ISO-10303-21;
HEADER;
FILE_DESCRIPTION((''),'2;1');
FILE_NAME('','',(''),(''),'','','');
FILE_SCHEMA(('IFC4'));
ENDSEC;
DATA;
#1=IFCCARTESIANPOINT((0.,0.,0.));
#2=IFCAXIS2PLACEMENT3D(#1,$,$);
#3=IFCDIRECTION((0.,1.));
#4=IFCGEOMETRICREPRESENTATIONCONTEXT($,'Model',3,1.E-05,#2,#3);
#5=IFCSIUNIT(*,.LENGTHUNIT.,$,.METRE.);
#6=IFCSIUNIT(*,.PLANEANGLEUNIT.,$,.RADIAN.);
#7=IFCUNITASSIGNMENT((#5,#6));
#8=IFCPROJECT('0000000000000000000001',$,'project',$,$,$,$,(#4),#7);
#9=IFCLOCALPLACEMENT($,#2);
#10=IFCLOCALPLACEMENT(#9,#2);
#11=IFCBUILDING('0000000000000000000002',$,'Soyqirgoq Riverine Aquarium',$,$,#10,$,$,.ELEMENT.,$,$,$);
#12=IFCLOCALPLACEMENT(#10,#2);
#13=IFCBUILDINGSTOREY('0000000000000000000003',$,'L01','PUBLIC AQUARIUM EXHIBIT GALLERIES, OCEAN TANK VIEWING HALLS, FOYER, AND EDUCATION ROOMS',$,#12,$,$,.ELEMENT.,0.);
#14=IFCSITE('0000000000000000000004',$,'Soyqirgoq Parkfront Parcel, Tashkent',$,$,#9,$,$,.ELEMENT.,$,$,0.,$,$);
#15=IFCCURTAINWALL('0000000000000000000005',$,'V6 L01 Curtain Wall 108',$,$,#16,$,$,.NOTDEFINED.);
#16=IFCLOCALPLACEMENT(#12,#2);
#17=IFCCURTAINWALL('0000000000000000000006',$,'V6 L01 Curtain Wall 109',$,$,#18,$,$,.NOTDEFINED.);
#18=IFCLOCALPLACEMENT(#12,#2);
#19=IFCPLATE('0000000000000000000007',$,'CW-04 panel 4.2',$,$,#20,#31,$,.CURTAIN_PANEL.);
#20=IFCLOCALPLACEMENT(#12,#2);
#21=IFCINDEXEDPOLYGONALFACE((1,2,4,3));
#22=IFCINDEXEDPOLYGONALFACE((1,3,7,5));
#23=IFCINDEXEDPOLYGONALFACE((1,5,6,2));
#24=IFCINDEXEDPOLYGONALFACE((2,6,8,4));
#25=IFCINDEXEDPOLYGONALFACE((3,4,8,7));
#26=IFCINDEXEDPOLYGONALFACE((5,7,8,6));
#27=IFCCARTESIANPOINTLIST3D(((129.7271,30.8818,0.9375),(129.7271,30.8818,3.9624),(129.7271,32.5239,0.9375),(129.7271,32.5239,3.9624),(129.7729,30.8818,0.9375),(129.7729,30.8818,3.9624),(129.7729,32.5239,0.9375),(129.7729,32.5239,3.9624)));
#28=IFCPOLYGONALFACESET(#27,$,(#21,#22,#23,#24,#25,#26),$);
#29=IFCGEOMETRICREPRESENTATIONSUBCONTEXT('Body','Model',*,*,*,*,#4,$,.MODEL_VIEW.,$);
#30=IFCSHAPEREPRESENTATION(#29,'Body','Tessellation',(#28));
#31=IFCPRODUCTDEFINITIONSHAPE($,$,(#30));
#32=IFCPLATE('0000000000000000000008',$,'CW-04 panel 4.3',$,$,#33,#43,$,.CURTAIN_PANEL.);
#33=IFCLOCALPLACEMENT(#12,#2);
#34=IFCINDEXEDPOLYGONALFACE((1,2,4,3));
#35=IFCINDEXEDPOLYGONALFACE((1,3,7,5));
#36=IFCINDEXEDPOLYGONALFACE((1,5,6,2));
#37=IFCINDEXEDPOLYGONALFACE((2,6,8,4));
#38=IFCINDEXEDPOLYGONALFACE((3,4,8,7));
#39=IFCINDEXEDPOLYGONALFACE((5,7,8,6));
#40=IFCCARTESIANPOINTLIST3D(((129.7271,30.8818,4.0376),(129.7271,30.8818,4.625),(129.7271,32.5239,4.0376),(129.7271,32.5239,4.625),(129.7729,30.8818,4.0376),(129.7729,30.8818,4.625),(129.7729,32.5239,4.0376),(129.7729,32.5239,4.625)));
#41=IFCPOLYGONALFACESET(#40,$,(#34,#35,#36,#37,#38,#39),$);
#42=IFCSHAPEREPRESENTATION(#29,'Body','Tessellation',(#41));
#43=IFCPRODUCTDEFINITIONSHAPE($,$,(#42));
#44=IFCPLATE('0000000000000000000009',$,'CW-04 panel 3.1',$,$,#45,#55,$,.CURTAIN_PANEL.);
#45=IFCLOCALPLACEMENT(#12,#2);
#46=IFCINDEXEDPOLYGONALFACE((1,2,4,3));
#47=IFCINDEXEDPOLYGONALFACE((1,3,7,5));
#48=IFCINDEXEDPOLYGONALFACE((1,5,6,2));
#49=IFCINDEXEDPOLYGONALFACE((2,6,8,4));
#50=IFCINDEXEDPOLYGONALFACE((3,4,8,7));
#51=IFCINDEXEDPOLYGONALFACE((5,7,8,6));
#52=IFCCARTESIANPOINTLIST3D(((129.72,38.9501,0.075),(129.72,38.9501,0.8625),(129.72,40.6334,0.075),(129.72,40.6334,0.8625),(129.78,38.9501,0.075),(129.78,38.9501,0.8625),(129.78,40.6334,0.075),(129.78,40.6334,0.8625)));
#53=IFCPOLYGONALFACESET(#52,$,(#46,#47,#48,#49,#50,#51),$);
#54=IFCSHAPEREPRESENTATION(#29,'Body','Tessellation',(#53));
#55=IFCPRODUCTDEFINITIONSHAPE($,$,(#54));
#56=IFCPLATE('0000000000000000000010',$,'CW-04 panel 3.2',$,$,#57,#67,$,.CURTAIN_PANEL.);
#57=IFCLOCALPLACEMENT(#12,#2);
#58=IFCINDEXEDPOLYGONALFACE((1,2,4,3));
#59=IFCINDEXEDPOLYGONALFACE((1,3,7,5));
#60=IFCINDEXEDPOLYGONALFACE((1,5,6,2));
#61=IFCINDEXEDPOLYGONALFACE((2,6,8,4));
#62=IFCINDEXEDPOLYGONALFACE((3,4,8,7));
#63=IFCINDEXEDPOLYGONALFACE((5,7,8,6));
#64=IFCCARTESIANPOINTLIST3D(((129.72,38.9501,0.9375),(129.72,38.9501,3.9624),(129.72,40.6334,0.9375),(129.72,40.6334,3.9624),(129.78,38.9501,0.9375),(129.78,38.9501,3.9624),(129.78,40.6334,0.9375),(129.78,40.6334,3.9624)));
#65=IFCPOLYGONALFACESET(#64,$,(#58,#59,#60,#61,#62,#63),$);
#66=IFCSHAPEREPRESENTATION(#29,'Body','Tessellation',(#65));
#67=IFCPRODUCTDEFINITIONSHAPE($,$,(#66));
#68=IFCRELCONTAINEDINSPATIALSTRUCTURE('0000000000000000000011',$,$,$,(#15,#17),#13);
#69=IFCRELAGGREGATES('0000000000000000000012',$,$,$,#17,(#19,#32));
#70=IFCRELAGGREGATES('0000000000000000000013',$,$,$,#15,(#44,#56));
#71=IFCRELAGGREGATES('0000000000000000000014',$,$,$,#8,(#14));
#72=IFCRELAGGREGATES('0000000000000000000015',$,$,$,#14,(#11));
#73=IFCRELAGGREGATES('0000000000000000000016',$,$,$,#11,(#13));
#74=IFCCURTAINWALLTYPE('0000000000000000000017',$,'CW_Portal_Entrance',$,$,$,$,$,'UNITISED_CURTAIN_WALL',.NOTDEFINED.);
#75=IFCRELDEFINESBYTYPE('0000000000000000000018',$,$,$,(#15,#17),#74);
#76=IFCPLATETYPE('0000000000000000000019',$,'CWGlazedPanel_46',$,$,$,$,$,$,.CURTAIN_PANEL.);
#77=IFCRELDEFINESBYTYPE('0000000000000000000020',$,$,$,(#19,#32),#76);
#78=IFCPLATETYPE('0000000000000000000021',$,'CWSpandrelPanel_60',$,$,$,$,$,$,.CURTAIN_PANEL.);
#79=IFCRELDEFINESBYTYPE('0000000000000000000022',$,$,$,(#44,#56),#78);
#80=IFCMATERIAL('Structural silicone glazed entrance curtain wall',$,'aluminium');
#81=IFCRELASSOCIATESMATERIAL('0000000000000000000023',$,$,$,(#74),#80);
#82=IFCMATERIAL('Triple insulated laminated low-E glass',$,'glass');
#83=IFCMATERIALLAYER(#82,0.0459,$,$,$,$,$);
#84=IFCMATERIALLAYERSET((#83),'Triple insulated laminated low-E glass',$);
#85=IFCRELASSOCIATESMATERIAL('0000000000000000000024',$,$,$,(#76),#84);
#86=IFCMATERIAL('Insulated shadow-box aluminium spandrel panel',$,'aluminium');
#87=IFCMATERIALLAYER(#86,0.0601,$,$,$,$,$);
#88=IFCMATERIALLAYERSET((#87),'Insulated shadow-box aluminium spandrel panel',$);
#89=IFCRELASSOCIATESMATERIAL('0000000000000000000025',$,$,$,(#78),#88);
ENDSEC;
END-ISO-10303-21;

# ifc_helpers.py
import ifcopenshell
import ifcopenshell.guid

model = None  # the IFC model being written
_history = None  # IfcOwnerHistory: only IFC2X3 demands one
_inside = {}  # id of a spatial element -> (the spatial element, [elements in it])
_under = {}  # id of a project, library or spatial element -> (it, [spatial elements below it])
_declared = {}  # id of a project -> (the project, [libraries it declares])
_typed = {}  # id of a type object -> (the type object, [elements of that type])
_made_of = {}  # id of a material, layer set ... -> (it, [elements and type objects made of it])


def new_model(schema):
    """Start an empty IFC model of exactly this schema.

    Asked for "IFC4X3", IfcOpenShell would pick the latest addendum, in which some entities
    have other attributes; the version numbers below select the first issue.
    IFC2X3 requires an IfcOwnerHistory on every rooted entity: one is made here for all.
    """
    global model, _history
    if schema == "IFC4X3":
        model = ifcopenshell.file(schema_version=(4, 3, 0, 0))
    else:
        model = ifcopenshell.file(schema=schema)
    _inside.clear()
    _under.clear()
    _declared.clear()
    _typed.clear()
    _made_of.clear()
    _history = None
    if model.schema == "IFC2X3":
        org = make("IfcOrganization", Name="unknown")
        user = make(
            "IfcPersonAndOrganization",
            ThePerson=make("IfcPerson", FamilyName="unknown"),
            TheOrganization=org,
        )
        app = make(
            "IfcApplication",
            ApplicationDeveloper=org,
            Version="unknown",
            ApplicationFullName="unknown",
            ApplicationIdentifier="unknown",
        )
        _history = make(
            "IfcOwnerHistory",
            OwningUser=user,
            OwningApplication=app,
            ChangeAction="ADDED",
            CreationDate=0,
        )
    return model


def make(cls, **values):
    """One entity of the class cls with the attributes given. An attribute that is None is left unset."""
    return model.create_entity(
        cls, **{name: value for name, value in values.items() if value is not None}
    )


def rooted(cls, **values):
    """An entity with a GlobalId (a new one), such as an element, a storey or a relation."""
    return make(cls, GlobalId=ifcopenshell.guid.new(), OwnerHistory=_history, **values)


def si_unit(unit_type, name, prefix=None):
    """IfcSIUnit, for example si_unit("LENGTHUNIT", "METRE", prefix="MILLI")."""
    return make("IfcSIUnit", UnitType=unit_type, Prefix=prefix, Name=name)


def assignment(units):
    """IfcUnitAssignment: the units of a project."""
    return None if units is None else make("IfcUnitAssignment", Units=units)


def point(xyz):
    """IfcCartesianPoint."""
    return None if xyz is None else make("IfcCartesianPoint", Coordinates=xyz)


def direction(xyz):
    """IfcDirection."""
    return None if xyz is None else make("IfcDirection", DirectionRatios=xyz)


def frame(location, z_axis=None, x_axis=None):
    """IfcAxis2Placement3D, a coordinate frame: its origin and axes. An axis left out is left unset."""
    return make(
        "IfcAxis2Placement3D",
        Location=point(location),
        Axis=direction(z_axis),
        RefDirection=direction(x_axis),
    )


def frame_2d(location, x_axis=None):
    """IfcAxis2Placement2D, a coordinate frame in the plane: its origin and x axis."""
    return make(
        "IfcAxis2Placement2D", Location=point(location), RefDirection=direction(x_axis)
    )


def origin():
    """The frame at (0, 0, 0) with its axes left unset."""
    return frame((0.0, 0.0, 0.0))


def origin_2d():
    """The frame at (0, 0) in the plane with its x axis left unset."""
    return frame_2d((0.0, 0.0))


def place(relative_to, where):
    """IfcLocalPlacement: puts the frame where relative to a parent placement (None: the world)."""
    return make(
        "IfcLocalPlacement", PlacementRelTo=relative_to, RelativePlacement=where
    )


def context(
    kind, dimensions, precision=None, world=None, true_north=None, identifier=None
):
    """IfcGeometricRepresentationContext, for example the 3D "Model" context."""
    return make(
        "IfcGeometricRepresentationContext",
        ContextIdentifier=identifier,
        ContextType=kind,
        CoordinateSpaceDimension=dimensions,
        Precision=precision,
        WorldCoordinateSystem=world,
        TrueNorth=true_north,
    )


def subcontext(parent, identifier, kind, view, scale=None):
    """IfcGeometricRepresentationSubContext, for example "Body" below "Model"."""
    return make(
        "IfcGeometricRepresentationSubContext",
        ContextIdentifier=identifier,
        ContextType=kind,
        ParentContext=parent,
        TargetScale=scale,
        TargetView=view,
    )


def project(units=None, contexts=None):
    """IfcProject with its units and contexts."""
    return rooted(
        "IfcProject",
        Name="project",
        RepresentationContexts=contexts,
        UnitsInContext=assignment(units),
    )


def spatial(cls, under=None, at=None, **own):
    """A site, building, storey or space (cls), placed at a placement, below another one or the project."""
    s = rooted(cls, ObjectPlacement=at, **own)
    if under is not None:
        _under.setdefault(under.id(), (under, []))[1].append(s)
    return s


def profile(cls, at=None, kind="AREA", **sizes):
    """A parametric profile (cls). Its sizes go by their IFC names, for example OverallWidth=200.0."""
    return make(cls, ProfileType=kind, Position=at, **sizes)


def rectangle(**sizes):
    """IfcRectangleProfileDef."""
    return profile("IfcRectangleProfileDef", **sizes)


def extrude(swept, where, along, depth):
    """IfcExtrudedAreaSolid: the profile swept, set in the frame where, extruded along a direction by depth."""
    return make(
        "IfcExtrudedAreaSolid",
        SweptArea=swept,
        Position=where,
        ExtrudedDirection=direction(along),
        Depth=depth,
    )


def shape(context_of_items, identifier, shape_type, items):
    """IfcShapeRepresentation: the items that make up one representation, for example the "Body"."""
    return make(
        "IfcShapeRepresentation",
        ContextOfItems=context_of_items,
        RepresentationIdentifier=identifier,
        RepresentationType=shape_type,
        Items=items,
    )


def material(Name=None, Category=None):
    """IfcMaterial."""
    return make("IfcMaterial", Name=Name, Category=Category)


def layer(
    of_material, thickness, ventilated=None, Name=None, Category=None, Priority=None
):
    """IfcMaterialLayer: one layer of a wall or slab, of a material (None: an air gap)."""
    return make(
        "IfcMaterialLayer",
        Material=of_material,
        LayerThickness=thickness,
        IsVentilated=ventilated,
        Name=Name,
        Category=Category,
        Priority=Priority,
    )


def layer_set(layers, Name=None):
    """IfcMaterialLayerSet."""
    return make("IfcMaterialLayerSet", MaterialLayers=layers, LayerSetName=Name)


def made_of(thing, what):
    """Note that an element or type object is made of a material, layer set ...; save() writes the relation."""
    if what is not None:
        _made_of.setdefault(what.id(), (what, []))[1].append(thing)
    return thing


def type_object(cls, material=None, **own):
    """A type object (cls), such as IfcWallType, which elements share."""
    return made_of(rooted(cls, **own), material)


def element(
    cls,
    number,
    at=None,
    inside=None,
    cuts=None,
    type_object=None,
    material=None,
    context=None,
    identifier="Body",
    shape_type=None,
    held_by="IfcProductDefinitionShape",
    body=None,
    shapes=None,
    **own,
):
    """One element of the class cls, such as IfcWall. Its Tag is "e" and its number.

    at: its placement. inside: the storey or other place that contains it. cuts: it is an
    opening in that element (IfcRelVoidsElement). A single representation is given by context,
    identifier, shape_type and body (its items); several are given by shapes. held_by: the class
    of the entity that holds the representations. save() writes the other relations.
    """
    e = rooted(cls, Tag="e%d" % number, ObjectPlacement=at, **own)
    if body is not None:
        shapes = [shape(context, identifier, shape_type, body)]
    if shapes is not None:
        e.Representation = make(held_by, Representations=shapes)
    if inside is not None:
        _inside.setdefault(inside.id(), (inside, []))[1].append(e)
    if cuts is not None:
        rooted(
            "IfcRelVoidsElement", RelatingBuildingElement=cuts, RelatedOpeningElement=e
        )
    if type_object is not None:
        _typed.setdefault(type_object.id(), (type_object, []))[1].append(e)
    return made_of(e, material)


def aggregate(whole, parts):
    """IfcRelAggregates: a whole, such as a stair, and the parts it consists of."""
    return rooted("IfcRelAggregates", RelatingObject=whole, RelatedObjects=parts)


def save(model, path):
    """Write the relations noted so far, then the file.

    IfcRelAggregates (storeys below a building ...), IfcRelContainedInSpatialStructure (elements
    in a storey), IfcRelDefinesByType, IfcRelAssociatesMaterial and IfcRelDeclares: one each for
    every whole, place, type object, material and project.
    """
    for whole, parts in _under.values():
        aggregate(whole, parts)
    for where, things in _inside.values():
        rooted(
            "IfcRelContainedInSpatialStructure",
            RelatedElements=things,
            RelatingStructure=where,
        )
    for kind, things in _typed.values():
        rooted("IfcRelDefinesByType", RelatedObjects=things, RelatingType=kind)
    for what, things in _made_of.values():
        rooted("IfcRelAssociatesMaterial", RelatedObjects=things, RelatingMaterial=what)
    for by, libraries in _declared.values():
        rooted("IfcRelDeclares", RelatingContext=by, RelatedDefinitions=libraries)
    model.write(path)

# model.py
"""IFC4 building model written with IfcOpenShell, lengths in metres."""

from ifc_helpers import new_model, si_unit, direction, frame, origin, origin_2d, place, context, subcontext, project, spatial, rectangle, extrude, material, layer, layer_set, type_object, element, aggregate, save


model = new_model("IFC4")

# Units and contexts
model_context = context("Model", 3, precision=1e-05, world=origin(), true_north=direction((0.0, 1.0)))
body_context = subcontext(model_context, "Body", "Model", "MODEL_VIEW")
ifc_project = project(units=[si_unit("LENGTHUNIT", "METRE"), si_unit("PLANEANGLEUNIT", "RADIAN")], contexts=[model_context])

# Site, building, storey
site_placement = place(None, origin())
site = spatial("IfcSite", under=ifc_project, at=site_placement, Name="Soyqirgoq Parkfront Parcel, Tashkent", CompositionType="ELEMENT", RefElevation=0.0)
building_placement = place(site_placement, origin())
building = spatial("IfcBuilding", under=site, at=building_placement, Name="Soyqirgoq Riverine Aquarium", CompositionType="ELEMENT")
storey_placement = place(building_placement, origin())
storey = spatial("IfcBuildingStorey", under=building, at=storey_placement, Name="L01", Description="PUBLIC AQUARIUM EXHIBIT GALLERIES, OCEAN TANK VIEWING HALLS, FOYER, AND EDUCATION ROOMS", CompositionType="ELEMENT", Elevation=0.0)

# Curtain wall
ifc_material_1 = material(Name="Structural silicone glazed entrance curtain wall", Category="aluminium")
curtain_wall_type = type_object("IfcCurtainWallType", Name="CW_Portal_Entrance", ElementType="UNITISED_CURTAIN_WALL", PredefinedType="NOTDEFINED", material=ifc_material_1)
curtain_wall_1_placement = place(storey_placement, origin())
curtain_wall_1 = element("IfcCurtainWall", 1, at=curtain_wall_1_placement, inside=storey, type_object=curtain_wall_type, Name="V6 L01 Curtain Wall 108", PredefinedType="NOTDEFINED")

# Curtain wall, plates
curtain_wall_2_placement = place(storey_placement, origin())
curtain_wall_2 = element("IfcCurtainWall", 2, at=curtain_wall_2_placement, inside=storey, type_object=curtain_wall_type, Name="V6 L01 Curtain Wall 109", PredefinedType="NOTDEFINED")
ifc_material_2 = material(Name="Triple insulated laminated low-E glass", Category="glass")
ifc_layer_1 = layer(ifc_material_2, 0.0459)
ifc_layer_set_1 = layer_set([ifc_layer_1], Name="Triple insulated laminated low-E glass")
plate_type_1 = type_object("IfcPlateType", Name="CWGlazedPanel_46", PredefinedType="CURTAIN_PANEL", material=ifc_layer_set_1)
plate_1_placement = place(storey_placement, frame((129.75, 31.7029, 0.9375), z_axis=(0.0, 0.0, 1.0), x_axis=(0.0, -1.0, 0.0)))
plate_1 = element("IfcPlate", 3, at=plate_1_placement, type_object=plate_type_1, Name="CW-04 panel 4.2", PredefinedType="CURTAIN_PANEL", context=body_context, shape_type="SweptSolid", body=[
    extrude(rectangle(XDim=1.6421, YDim=0.0459, at=origin_2d()), origin(), (0.0, 0.0, 1.0), 3.0249),
])
plate_2_placement = place(storey_placement, frame((129.75, 31.7029, 4.0376), z_axis=(0.0, 0.0, 1.0), x_axis=(0.0, -1.0, 0.0)))
plate_2 = element("IfcPlate", 4, at=plate_2_placement, type_object=plate_type_1, Name="CW-04 panel 4.3", PredefinedType="CURTAIN_PANEL", context=body_context, shape_type="SweptSolid", body=[
    extrude(rectangle(XDim=1.6421, YDim=0.0459, at=origin_2d()), origin(), (0.0, 0.0, 1.0), 0.5874),
])
aggregate(curtain_wall_2, [plate_1, plate_2])

# Plates
ifc_material_3 = material(Name="Insulated shadow-box aluminium spandrel panel", Category="aluminium")
ifc_layer_2 = layer(ifc_material_3, 0.0601)
ifc_layer_set_2 = layer_set([ifc_layer_2], Name="Insulated shadow-box aluminium spandrel panel")
plate_type_2 = type_object("IfcPlateType", Name="CWSpandrelPanel_60", PredefinedType="CURTAIN_PANEL", material=ifc_layer_set_2)
plate_3_placement = place(storey_placement, frame((129.75, 39.7917, 0.075), z_axis=(0.0, 0.0, 1.0), x_axis=(0.0, -1.0, 0.0)))
plate_3 = element("IfcPlate", 5, at=plate_3_placement, type_object=plate_type_2, Name="CW-04 panel 3.1", PredefinedType="CURTAIN_PANEL", context=body_context, shape_type="SweptSolid", body=[
    extrude(rectangle(XDim=1.6833, YDim=0.0601, at=origin_2d()), origin(), (0.0, 0.0, 1.0), 0.7876),
])
plate_4_placement = place(storey_placement, frame((129.75, 39.7917, 0.9375), z_axis=(0.0, 0.0, 1.0), x_axis=(0.0, -1.0, 0.0)))
plate_4 = element("IfcPlate", 6, at=plate_4_placement, type_object=plate_type_2, Name="CW-04 panel 3.2", PredefinedType="CURTAIN_PANEL", context=body_context, shape_type="SweptSolid", body=[
    extrude(rectangle(XDim=1.6833, YDim=0.0601, at=origin_2d()), origin(), (0.0, 0.0, 1.0), 3.0249),
])
aggregate(curtain_wall_1, [plate_3, plate_4])

save(model, "model.ifc")
